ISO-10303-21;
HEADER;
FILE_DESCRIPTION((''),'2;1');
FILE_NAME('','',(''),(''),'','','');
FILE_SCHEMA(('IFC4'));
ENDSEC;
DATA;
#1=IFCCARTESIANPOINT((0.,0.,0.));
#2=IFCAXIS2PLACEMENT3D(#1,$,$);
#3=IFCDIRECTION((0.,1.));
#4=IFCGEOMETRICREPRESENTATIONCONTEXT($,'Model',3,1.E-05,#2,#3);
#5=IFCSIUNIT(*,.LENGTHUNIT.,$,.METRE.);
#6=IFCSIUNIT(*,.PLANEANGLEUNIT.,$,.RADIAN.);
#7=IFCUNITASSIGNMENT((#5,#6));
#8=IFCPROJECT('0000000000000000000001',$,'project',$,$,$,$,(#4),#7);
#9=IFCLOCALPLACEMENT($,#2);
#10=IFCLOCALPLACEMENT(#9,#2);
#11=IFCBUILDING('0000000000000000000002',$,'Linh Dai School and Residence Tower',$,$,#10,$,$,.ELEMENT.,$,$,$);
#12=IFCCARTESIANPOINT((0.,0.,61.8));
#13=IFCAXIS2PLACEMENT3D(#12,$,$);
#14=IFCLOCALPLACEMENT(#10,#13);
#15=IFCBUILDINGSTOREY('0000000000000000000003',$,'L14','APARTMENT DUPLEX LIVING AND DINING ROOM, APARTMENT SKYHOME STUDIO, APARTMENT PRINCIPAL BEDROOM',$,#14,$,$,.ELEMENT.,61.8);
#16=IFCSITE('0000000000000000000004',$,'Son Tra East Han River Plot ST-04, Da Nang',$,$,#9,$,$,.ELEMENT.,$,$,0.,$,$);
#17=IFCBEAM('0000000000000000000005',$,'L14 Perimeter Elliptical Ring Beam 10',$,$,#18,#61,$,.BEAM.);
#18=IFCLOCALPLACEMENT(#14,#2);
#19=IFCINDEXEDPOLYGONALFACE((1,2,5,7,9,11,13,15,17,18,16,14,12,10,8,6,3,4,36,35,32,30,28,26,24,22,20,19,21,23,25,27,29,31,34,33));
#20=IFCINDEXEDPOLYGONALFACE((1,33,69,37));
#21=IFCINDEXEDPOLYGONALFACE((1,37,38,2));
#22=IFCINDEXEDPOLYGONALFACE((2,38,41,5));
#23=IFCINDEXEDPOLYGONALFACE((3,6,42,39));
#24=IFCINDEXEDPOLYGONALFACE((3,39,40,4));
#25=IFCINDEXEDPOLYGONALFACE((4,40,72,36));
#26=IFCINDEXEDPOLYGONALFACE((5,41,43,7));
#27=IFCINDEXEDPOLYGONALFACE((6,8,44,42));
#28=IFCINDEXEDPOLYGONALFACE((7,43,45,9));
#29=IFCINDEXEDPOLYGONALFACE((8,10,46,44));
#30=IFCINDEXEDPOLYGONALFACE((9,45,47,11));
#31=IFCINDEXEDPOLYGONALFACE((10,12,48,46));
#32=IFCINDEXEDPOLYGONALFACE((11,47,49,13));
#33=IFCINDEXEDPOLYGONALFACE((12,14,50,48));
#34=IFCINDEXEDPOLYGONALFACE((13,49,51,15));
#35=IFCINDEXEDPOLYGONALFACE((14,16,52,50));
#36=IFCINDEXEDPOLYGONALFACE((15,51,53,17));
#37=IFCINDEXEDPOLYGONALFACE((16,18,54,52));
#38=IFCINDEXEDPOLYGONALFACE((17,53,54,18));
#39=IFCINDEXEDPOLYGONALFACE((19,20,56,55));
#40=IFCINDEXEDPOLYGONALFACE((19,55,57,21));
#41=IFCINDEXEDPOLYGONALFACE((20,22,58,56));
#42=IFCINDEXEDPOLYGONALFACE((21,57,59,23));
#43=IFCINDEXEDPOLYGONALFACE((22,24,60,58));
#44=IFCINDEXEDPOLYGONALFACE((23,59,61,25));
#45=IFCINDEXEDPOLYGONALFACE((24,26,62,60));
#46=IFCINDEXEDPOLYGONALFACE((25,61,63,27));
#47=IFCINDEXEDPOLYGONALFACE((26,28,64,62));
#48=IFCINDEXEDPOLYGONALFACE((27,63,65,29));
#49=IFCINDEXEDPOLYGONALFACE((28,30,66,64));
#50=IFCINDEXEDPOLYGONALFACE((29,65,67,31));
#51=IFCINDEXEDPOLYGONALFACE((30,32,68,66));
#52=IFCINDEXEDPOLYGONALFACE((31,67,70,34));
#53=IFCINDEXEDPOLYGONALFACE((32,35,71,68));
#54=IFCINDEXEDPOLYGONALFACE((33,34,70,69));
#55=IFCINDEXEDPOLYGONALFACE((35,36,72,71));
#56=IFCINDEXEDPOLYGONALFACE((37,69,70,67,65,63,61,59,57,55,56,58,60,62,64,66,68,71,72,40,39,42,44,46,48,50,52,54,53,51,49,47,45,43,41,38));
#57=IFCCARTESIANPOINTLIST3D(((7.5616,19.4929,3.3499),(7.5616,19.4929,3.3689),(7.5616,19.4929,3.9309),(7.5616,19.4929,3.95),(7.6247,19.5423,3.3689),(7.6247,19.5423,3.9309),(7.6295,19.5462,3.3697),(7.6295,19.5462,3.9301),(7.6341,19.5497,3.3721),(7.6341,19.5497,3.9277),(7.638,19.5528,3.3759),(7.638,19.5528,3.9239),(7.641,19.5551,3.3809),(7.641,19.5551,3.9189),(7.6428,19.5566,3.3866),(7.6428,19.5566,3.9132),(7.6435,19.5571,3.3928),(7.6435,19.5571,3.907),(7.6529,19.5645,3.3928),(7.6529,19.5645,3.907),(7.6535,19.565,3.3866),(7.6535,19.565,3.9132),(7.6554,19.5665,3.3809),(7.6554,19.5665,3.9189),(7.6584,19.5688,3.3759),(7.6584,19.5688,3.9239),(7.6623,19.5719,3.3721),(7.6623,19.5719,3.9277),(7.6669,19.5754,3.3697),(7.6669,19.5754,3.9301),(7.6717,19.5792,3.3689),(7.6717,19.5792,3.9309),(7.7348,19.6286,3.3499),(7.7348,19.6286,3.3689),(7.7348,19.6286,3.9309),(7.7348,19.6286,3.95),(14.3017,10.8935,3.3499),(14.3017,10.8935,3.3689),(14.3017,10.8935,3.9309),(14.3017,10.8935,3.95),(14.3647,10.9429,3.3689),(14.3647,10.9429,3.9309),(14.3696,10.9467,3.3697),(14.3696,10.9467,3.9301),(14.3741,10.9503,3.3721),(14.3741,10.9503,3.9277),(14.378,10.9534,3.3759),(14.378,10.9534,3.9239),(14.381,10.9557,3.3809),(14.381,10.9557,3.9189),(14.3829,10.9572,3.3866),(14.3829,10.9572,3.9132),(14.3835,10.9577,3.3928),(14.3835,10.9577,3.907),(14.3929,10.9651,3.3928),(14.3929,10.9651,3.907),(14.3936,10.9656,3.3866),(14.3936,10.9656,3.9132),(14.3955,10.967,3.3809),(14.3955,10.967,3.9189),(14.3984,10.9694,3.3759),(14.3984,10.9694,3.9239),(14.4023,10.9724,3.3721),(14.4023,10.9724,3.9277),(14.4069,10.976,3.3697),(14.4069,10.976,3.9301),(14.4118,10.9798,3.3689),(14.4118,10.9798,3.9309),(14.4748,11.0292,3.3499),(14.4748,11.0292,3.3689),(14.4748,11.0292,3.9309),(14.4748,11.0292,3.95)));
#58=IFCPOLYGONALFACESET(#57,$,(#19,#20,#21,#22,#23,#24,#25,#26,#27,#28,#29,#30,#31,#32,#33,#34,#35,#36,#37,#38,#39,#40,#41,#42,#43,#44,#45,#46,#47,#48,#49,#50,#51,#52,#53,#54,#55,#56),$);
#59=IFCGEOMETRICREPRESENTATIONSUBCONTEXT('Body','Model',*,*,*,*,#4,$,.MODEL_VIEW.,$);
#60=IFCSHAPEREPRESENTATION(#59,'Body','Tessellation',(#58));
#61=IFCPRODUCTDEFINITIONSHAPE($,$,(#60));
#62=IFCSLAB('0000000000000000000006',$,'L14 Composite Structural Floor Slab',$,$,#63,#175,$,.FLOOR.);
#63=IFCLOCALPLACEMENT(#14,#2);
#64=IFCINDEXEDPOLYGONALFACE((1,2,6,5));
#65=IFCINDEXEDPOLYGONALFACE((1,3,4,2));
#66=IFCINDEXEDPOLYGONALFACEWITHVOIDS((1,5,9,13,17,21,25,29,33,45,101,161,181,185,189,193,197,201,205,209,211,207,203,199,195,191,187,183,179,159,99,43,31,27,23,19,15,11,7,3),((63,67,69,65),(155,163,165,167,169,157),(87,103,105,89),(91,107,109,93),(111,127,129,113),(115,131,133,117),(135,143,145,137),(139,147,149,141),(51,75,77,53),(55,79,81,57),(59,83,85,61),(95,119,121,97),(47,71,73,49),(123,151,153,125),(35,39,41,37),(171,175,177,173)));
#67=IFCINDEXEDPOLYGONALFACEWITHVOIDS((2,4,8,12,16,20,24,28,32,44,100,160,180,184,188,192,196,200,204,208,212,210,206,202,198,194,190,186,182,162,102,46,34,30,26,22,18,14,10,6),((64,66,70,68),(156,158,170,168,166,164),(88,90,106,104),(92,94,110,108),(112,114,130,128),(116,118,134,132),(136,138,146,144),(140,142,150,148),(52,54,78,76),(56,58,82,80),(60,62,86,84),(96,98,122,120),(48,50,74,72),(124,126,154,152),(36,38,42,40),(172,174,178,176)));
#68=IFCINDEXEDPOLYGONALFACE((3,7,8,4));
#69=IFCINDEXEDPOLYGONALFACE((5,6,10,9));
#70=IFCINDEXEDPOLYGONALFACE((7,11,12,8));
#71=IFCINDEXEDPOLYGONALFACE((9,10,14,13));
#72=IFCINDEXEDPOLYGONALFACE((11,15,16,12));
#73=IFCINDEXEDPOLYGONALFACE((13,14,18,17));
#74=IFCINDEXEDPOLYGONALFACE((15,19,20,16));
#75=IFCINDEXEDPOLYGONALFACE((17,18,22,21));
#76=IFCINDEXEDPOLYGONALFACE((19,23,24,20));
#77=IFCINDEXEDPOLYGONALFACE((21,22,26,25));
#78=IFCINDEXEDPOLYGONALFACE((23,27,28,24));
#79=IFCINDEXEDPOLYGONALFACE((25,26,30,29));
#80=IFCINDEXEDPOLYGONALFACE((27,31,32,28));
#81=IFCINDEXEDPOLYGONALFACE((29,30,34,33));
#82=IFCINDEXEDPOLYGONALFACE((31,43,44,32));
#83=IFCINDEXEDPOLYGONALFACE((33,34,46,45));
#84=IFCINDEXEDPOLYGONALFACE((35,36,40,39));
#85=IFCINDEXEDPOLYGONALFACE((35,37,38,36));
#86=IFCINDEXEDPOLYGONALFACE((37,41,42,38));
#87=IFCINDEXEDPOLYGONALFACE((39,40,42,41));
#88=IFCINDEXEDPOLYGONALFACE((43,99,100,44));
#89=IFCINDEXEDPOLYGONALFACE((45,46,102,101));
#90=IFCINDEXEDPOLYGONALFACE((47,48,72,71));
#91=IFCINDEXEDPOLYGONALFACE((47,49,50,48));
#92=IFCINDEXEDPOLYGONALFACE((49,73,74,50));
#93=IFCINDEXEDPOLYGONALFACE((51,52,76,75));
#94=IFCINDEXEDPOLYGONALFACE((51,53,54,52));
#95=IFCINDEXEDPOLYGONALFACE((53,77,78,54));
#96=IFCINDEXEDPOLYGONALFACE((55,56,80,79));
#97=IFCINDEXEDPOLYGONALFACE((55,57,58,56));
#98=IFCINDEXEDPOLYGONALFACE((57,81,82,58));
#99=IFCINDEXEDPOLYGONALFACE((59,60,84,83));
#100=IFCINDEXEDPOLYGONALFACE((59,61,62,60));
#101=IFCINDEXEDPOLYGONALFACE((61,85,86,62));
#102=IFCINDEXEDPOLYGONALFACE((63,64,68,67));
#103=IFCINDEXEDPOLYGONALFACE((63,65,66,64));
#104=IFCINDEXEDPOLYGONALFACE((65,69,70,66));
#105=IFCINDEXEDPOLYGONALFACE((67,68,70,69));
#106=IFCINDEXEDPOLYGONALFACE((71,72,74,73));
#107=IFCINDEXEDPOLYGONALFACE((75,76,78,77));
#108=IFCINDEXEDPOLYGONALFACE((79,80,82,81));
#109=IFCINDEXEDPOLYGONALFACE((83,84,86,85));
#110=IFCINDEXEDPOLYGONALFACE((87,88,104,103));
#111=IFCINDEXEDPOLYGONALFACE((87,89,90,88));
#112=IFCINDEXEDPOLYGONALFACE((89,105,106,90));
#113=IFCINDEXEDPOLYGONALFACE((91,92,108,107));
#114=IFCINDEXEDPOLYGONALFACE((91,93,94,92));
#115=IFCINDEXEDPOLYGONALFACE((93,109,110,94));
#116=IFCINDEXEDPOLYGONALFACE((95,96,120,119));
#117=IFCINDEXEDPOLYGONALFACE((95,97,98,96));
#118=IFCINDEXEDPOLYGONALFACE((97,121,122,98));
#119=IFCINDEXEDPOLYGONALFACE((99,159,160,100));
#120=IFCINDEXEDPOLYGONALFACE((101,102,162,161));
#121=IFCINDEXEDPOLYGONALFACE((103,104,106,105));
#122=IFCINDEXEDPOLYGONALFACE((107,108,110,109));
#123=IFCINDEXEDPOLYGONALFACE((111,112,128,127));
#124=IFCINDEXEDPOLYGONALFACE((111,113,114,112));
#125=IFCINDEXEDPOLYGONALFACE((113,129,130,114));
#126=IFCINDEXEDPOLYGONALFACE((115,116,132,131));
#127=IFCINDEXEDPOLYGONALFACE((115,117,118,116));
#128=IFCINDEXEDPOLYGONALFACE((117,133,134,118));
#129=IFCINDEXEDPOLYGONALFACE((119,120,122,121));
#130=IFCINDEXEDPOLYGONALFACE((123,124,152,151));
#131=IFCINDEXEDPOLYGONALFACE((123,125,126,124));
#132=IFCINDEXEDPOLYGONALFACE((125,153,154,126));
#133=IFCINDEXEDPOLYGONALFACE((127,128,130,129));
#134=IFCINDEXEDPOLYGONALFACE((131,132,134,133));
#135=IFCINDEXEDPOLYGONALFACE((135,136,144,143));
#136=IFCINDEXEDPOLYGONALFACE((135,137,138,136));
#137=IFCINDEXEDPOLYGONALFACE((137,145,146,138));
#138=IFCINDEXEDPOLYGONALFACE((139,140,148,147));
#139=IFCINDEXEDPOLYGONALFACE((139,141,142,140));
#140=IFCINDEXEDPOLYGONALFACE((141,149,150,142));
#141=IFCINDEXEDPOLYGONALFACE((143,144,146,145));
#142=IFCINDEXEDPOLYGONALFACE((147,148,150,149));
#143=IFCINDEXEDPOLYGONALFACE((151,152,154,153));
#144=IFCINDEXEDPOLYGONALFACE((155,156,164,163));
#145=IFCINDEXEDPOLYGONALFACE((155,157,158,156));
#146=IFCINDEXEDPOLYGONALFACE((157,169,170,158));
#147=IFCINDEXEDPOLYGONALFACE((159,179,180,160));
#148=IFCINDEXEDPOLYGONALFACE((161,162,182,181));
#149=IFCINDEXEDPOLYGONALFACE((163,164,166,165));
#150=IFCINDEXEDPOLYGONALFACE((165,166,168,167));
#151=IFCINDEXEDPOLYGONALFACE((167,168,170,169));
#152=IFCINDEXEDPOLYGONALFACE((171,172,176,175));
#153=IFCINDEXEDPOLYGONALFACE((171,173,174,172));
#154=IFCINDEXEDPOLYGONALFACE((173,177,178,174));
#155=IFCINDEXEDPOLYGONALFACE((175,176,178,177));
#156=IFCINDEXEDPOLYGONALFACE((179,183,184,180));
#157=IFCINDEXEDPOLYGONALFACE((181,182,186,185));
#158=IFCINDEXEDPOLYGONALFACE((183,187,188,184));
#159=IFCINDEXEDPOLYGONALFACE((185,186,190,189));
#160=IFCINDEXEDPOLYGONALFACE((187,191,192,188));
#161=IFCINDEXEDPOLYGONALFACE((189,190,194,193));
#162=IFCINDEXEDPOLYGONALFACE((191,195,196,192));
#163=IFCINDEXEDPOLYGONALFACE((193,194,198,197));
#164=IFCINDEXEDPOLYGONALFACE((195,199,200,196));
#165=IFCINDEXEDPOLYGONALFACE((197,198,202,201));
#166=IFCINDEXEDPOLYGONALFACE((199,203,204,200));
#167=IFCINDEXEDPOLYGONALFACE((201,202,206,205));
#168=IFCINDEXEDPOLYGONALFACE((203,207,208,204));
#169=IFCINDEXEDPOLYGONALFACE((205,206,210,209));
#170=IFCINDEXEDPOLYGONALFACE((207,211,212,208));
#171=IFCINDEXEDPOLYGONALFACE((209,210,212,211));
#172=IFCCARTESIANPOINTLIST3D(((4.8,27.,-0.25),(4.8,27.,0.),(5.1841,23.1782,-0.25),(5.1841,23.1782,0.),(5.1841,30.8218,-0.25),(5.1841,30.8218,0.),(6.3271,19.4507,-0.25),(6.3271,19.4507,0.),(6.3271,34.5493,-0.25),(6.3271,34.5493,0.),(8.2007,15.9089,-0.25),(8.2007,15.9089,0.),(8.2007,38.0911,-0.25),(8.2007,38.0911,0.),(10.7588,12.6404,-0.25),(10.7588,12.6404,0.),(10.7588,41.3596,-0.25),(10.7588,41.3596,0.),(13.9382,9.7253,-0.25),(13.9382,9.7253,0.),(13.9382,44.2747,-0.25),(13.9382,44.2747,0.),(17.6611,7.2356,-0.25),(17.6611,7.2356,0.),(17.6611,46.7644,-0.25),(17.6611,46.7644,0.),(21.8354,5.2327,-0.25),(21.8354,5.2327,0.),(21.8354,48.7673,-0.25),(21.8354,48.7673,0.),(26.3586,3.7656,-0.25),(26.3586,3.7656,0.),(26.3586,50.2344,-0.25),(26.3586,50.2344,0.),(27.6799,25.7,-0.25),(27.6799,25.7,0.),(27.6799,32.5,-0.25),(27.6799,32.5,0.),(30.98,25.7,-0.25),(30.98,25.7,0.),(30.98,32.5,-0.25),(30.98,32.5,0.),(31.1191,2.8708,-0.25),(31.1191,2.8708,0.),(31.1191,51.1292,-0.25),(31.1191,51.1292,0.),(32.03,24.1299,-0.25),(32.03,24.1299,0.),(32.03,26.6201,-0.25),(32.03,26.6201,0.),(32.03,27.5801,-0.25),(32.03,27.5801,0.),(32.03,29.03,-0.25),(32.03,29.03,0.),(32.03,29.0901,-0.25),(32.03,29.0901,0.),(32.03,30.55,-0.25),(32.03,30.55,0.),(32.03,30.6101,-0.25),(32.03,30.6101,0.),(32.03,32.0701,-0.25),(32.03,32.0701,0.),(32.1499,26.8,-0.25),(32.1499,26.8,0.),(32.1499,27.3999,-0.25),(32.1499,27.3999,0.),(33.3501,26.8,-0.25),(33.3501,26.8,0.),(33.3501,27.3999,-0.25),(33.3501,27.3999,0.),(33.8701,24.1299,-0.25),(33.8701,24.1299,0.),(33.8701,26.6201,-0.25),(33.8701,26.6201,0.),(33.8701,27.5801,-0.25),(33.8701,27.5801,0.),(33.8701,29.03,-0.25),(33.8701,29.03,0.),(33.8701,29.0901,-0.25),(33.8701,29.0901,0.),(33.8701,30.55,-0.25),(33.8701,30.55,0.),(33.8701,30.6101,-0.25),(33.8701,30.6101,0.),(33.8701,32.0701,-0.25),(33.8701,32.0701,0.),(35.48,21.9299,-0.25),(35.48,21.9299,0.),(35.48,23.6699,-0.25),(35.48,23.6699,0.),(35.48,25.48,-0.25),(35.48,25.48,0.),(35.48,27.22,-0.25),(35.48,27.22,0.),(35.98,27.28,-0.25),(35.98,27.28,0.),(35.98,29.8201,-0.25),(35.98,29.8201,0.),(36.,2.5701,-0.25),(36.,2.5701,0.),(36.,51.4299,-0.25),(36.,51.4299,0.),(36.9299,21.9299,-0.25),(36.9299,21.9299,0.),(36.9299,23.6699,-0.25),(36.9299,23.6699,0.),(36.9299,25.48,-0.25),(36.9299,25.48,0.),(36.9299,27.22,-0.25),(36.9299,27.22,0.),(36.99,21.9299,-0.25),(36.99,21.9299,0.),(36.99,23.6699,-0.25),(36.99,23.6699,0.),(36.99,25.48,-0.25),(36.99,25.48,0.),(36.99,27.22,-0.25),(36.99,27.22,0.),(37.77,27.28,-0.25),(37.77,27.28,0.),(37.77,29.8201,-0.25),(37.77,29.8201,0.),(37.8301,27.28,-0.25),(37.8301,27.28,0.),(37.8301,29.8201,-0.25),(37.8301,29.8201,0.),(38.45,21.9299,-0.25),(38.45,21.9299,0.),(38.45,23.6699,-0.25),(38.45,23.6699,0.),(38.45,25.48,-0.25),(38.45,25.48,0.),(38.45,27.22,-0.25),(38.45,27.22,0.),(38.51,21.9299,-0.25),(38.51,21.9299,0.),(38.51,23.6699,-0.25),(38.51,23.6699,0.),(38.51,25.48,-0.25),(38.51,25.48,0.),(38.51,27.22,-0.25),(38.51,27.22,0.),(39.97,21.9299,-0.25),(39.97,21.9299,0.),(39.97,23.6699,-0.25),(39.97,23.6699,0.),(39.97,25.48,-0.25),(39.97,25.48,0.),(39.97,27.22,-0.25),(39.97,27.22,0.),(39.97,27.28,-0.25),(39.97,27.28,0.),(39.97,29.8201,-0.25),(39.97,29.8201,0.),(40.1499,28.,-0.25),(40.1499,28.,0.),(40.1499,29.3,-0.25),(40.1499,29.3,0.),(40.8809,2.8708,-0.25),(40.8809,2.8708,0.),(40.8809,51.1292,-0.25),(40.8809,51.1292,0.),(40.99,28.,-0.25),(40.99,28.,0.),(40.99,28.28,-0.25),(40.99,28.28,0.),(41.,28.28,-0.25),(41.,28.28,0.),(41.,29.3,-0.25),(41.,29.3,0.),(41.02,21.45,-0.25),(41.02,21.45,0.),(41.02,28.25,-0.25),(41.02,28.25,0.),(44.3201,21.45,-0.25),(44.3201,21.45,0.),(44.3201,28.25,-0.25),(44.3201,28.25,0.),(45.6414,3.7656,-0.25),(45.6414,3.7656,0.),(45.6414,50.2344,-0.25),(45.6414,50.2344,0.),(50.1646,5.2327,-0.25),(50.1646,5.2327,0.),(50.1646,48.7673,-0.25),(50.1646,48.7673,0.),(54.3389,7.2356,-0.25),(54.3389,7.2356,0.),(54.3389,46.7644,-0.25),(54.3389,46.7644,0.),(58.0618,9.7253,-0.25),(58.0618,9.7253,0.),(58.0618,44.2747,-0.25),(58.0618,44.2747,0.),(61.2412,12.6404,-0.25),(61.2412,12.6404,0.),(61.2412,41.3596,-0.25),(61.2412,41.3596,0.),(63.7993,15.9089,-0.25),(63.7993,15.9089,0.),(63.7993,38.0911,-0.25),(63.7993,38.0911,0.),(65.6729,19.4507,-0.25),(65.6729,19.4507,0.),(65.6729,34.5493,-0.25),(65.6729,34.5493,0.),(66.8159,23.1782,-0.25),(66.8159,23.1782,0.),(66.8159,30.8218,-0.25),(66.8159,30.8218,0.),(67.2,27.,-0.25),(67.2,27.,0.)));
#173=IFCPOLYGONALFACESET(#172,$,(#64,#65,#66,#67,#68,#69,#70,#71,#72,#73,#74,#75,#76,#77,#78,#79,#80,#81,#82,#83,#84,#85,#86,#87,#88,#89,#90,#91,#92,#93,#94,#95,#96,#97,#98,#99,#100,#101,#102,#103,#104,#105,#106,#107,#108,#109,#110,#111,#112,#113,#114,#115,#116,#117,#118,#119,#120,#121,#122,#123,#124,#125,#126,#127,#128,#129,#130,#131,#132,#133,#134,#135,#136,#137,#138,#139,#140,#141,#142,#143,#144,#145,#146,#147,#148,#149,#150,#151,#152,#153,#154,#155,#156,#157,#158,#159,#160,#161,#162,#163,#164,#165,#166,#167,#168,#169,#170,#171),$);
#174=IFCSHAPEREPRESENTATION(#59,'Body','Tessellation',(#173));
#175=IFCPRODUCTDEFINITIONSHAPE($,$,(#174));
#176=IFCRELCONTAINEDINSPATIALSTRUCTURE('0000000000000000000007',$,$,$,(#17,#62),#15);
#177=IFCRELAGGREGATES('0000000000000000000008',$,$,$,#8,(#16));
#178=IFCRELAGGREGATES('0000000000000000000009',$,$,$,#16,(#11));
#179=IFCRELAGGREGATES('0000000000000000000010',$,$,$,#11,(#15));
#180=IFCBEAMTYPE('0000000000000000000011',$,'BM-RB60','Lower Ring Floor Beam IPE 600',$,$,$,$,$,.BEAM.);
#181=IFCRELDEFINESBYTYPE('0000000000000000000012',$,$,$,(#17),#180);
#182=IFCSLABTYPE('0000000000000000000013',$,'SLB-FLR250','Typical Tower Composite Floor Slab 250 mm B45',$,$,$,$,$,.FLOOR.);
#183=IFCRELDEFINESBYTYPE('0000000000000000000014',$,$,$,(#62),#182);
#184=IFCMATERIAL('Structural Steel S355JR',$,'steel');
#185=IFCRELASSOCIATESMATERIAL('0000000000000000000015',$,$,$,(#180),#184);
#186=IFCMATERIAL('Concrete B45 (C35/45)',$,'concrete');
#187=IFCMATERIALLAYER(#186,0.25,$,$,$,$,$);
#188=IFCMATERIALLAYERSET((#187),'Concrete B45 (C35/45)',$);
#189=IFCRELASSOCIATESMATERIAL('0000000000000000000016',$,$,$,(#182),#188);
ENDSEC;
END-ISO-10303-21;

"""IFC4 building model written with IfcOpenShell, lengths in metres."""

from ifc_helpers import new_model, si_unit, direction, frame, origin, origin_2d, place, context, subcontext, project, spatial, polyline, i_section, outline, extrude, material, layer, layer_set, material_profile, profile_set, type_object, element, save


model = new_model("IFC4")

# Units and contexts
model_context = context("Model", 3, precision=1e-05, world=origin(), true_north=direction((0.0, 1.0)))
body_context = subcontext(model_context, "Body", "Model", "MODEL_VIEW")
ifc_project = project(units=[si_unit("LENGTHUNIT", "METRE"), si_unit("PLANEANGLEUNIT", "RADIAN")], contexts=[model_context])

# Site, building, storey
site_placement = place(None, origin())
site = spatial("IfcSite", under=ifc_project, at=site_placement, Name="Son Tra East Han River Plot ST-04, Da Nang", CompositionType="ELEMENT", RefElevation=0.0)
building_placement = place(site_placement, origin())
building = spatial("IfcBuilding", under=site, at=building_placement, Name="Linh Dai School and Residence Tower", CompositionType="ELEMENT")
storey_placement = place(building_placement, frame((0.0, 0.0, 61.8)))
storey = spatial("IfcBuildingStorey", under=building, at=storey_placement, Name="L14", Description="APARTMENT DUPLEX LIVING AND DINING ROOM, APARTMENT SKYHOME STUDIO, APARTMENT PRINCIPAL BEDROOM", CompositionType="ELEMENT", Elevation=61.8)

# Shared definitions
ifc_material_1 = material(Name="Structural Steel S355JR", Category="steel")

# Beam
ifc_material_profile_1 = material_profile(ifc_material_1, i_section(OverallWidth=0.22, OverallDepth=0.6001, WebThickness=0.012, FlangeThickness=0.019, FilletRadius=0.0239, at=origin_2d()), Name="IPE 600")
ifc_profile_set_1 = profile_set([ifc_material_profile_1], Name="Structural Steel S355JR")
beam_type = type_object("IfcBeamType", Name="BM-RB60", Description="Lower Ring Floor Beam IPE 600", PredefinedType="BEAM", material=ifc_profile_set_1)
beam_placement = place(storey_placement, frame((7.6482, 19.5608, 3.6499), z_axis=(0.616879, -0.787058, 0.0), x_axis=(0.787058, 0.616879, 0.0)))
element("IfcBeam", 1, at=beam_placement, inside=storey, type_object=beam_type, Name="L14 Perimeter Elliptical Ring Beam 10", PredefinedType="BEAM", context=body_context, shape_type="SweptSolid", body=[
    extrude(i_section(OverallWidth=0.22, OverallDepth=0.6001, WebThickness=0.012, FlangeThickness=0.019, FilletRadius=0.0239, at=origin_2d()), origin(), (0.0, 0.0, 1.0), 10.926),
])

# Slab
ifc_material_2 = material(Name="Concrete B45 (C35/45)", Category="concrete")
ifc_layer_1 = layer(ifc_material_2, 0.25)
ifc_layer_set_1 = layer_set([ifc_layer_1], Name="Concrete B45 (C35/45)")
slab_type_1 = type_object("IfcSlabType", Name="SLB-FLR250", Description="Typical Tower Composite Floor Slab 250 mm B45", PredefinedType="FLOOR", material=ifc_layer_set_1)
slab_1_placement = place(storey_placement, frame((0.0, 0.0, -0.25)))
element("IfcSlab", 2, at=slab_1_placement, inside=storey, type_object=slab_type_1, Name="L14 Composite Structural Floor Slab", PredefinedType="FLOOR", context=body_context, shape_type="SweptSolid", body=[
    extrude(outline(polyline([(67.2, 27.0), (66.8159, 30.8218), (65.6729, 34.5493), (63.7993, 38.0911), (61.2412, 41.3596), (58.0618, 44.2747), (54.3389, 46.7644), (50.1646, 48.7673), (45.6414, 50.2344), (40.8809, 51.1292), (36.0, 51.4299), (31.1191, 51.1292), (26.3586, 50.2344), (21.8354, 48.7673), (17.6611, 46.7644), (13.9382, 44.2747), (10.7588, 41.3596), (8.2007, 38.0911), (6.3271, 34.5493), (5.1841, 30.8218), (4.8, 27.0), (5.1841, 23.1782), (6.3271, 19.4507), (8.2007, 15.9089), (10.7588, 12.6404), (13.9382, 9.7253), (17.6611, 7.2356), (21.8354, 5.2327), (26.3586, 3.7656), (31.1191, 2.8708), (36.0, 2.5701), (40.8809, 2.8708), (45.6414, 3.7656), (50.1646, 5.2327), (54.3389, 7.2356), (58.0618, 9.7253), (61.2412, 12.6404), (63.7993, 15.9089), (65.6729, 19.4507), (66.8159, 23.1782), (67.2, 27.0)]), holes=[polyline([(30.98, 25.7), (30.98, 32.5), (27.6799, 32.5), (27.6799, 25.7), (30.98, 25.7)]), polyline([(41.02, 28.25), (41.02, 21.45), (44.3201, 21.45), (44.3201, 28.25), (41.02, 28.25)]), polyline([(35.98, 27.28), (37.77, 27.28), (37.77, 29.8201), (35.98, 29.8201), (35.98, 27.28)]), polyline([(32.03, 24.1299), (33.8701, 24.1299), (33.8701, 26.6201), (32.03, 26.6201), (32.03, 24.1299)]), polyline([(37.8301, 27.28), (39.97, 27.28), (39.97, 29.8201), (37.8301, 29.8201), (37.8301, 27.28)]), polyline([(35.48, 21.9299), (36.9299, 21.9299), (36.9299, 23.6699), (35.48, 23.6699), (35.48, 21.9299)]), polyline([(36.99, 21.9299), (38.45, 21.9299), (38.45, 23.6699), (36.99, 23.6699), (36.99, 21.9299)]), polyline([(38.51, 21.9299), (39.97, 21.9299), (39.97, 23.6699), (38.51, 23.6699), (38.51, 21.9299)]), polyline([(32.03, 27.5801), (33.8701, 27.5801), (33.8701, 29.03), (32.03, 29.03), (32.03, 27.5801)]), polyline([(32.03, 29.0901), (33.8701, 29.0901), (33.8701, 30.55), (32.03, 30.55), (32.03, 29.0901)]), polyline([(32.03, 30.6101), (33.8701, 30.6101), (33.8701, 32.0701), (32.03, 32.0701), (32.03, 30.6101)]), polyline([(35.48, 25.48), (36.9299, 25.48), (36.9299, 27.22), (35.48, 27.22), (35.48, 25.48)]), polyline([(36.99, 25.48), (38.45, 25.48), (38.45, 27.22), (36.99, 27.22), (36.99, 25.48)]), polyline([(38.51, 25.48), (39.97, 25.48), (39.97, 27.22), (38.51, 27.22), (38.51, 25.48)]), polyline([(40.1499, 28.0), (40.1499, 29.3), (41.0, 29.3), (41.0, 28.28), (40.99, 28.28), (40.99, 28.0), (40.1499, 28.0)]), polyline([(32.1499, 26.8), (33.3501, 26.8), (33.3501, 27.3999), (32.1499, 27.3999), (32.1499, 26.8)])]), origin(), (0.0, 0.0, 1.0), 0.25),
])

save(model, "model.ifc")
